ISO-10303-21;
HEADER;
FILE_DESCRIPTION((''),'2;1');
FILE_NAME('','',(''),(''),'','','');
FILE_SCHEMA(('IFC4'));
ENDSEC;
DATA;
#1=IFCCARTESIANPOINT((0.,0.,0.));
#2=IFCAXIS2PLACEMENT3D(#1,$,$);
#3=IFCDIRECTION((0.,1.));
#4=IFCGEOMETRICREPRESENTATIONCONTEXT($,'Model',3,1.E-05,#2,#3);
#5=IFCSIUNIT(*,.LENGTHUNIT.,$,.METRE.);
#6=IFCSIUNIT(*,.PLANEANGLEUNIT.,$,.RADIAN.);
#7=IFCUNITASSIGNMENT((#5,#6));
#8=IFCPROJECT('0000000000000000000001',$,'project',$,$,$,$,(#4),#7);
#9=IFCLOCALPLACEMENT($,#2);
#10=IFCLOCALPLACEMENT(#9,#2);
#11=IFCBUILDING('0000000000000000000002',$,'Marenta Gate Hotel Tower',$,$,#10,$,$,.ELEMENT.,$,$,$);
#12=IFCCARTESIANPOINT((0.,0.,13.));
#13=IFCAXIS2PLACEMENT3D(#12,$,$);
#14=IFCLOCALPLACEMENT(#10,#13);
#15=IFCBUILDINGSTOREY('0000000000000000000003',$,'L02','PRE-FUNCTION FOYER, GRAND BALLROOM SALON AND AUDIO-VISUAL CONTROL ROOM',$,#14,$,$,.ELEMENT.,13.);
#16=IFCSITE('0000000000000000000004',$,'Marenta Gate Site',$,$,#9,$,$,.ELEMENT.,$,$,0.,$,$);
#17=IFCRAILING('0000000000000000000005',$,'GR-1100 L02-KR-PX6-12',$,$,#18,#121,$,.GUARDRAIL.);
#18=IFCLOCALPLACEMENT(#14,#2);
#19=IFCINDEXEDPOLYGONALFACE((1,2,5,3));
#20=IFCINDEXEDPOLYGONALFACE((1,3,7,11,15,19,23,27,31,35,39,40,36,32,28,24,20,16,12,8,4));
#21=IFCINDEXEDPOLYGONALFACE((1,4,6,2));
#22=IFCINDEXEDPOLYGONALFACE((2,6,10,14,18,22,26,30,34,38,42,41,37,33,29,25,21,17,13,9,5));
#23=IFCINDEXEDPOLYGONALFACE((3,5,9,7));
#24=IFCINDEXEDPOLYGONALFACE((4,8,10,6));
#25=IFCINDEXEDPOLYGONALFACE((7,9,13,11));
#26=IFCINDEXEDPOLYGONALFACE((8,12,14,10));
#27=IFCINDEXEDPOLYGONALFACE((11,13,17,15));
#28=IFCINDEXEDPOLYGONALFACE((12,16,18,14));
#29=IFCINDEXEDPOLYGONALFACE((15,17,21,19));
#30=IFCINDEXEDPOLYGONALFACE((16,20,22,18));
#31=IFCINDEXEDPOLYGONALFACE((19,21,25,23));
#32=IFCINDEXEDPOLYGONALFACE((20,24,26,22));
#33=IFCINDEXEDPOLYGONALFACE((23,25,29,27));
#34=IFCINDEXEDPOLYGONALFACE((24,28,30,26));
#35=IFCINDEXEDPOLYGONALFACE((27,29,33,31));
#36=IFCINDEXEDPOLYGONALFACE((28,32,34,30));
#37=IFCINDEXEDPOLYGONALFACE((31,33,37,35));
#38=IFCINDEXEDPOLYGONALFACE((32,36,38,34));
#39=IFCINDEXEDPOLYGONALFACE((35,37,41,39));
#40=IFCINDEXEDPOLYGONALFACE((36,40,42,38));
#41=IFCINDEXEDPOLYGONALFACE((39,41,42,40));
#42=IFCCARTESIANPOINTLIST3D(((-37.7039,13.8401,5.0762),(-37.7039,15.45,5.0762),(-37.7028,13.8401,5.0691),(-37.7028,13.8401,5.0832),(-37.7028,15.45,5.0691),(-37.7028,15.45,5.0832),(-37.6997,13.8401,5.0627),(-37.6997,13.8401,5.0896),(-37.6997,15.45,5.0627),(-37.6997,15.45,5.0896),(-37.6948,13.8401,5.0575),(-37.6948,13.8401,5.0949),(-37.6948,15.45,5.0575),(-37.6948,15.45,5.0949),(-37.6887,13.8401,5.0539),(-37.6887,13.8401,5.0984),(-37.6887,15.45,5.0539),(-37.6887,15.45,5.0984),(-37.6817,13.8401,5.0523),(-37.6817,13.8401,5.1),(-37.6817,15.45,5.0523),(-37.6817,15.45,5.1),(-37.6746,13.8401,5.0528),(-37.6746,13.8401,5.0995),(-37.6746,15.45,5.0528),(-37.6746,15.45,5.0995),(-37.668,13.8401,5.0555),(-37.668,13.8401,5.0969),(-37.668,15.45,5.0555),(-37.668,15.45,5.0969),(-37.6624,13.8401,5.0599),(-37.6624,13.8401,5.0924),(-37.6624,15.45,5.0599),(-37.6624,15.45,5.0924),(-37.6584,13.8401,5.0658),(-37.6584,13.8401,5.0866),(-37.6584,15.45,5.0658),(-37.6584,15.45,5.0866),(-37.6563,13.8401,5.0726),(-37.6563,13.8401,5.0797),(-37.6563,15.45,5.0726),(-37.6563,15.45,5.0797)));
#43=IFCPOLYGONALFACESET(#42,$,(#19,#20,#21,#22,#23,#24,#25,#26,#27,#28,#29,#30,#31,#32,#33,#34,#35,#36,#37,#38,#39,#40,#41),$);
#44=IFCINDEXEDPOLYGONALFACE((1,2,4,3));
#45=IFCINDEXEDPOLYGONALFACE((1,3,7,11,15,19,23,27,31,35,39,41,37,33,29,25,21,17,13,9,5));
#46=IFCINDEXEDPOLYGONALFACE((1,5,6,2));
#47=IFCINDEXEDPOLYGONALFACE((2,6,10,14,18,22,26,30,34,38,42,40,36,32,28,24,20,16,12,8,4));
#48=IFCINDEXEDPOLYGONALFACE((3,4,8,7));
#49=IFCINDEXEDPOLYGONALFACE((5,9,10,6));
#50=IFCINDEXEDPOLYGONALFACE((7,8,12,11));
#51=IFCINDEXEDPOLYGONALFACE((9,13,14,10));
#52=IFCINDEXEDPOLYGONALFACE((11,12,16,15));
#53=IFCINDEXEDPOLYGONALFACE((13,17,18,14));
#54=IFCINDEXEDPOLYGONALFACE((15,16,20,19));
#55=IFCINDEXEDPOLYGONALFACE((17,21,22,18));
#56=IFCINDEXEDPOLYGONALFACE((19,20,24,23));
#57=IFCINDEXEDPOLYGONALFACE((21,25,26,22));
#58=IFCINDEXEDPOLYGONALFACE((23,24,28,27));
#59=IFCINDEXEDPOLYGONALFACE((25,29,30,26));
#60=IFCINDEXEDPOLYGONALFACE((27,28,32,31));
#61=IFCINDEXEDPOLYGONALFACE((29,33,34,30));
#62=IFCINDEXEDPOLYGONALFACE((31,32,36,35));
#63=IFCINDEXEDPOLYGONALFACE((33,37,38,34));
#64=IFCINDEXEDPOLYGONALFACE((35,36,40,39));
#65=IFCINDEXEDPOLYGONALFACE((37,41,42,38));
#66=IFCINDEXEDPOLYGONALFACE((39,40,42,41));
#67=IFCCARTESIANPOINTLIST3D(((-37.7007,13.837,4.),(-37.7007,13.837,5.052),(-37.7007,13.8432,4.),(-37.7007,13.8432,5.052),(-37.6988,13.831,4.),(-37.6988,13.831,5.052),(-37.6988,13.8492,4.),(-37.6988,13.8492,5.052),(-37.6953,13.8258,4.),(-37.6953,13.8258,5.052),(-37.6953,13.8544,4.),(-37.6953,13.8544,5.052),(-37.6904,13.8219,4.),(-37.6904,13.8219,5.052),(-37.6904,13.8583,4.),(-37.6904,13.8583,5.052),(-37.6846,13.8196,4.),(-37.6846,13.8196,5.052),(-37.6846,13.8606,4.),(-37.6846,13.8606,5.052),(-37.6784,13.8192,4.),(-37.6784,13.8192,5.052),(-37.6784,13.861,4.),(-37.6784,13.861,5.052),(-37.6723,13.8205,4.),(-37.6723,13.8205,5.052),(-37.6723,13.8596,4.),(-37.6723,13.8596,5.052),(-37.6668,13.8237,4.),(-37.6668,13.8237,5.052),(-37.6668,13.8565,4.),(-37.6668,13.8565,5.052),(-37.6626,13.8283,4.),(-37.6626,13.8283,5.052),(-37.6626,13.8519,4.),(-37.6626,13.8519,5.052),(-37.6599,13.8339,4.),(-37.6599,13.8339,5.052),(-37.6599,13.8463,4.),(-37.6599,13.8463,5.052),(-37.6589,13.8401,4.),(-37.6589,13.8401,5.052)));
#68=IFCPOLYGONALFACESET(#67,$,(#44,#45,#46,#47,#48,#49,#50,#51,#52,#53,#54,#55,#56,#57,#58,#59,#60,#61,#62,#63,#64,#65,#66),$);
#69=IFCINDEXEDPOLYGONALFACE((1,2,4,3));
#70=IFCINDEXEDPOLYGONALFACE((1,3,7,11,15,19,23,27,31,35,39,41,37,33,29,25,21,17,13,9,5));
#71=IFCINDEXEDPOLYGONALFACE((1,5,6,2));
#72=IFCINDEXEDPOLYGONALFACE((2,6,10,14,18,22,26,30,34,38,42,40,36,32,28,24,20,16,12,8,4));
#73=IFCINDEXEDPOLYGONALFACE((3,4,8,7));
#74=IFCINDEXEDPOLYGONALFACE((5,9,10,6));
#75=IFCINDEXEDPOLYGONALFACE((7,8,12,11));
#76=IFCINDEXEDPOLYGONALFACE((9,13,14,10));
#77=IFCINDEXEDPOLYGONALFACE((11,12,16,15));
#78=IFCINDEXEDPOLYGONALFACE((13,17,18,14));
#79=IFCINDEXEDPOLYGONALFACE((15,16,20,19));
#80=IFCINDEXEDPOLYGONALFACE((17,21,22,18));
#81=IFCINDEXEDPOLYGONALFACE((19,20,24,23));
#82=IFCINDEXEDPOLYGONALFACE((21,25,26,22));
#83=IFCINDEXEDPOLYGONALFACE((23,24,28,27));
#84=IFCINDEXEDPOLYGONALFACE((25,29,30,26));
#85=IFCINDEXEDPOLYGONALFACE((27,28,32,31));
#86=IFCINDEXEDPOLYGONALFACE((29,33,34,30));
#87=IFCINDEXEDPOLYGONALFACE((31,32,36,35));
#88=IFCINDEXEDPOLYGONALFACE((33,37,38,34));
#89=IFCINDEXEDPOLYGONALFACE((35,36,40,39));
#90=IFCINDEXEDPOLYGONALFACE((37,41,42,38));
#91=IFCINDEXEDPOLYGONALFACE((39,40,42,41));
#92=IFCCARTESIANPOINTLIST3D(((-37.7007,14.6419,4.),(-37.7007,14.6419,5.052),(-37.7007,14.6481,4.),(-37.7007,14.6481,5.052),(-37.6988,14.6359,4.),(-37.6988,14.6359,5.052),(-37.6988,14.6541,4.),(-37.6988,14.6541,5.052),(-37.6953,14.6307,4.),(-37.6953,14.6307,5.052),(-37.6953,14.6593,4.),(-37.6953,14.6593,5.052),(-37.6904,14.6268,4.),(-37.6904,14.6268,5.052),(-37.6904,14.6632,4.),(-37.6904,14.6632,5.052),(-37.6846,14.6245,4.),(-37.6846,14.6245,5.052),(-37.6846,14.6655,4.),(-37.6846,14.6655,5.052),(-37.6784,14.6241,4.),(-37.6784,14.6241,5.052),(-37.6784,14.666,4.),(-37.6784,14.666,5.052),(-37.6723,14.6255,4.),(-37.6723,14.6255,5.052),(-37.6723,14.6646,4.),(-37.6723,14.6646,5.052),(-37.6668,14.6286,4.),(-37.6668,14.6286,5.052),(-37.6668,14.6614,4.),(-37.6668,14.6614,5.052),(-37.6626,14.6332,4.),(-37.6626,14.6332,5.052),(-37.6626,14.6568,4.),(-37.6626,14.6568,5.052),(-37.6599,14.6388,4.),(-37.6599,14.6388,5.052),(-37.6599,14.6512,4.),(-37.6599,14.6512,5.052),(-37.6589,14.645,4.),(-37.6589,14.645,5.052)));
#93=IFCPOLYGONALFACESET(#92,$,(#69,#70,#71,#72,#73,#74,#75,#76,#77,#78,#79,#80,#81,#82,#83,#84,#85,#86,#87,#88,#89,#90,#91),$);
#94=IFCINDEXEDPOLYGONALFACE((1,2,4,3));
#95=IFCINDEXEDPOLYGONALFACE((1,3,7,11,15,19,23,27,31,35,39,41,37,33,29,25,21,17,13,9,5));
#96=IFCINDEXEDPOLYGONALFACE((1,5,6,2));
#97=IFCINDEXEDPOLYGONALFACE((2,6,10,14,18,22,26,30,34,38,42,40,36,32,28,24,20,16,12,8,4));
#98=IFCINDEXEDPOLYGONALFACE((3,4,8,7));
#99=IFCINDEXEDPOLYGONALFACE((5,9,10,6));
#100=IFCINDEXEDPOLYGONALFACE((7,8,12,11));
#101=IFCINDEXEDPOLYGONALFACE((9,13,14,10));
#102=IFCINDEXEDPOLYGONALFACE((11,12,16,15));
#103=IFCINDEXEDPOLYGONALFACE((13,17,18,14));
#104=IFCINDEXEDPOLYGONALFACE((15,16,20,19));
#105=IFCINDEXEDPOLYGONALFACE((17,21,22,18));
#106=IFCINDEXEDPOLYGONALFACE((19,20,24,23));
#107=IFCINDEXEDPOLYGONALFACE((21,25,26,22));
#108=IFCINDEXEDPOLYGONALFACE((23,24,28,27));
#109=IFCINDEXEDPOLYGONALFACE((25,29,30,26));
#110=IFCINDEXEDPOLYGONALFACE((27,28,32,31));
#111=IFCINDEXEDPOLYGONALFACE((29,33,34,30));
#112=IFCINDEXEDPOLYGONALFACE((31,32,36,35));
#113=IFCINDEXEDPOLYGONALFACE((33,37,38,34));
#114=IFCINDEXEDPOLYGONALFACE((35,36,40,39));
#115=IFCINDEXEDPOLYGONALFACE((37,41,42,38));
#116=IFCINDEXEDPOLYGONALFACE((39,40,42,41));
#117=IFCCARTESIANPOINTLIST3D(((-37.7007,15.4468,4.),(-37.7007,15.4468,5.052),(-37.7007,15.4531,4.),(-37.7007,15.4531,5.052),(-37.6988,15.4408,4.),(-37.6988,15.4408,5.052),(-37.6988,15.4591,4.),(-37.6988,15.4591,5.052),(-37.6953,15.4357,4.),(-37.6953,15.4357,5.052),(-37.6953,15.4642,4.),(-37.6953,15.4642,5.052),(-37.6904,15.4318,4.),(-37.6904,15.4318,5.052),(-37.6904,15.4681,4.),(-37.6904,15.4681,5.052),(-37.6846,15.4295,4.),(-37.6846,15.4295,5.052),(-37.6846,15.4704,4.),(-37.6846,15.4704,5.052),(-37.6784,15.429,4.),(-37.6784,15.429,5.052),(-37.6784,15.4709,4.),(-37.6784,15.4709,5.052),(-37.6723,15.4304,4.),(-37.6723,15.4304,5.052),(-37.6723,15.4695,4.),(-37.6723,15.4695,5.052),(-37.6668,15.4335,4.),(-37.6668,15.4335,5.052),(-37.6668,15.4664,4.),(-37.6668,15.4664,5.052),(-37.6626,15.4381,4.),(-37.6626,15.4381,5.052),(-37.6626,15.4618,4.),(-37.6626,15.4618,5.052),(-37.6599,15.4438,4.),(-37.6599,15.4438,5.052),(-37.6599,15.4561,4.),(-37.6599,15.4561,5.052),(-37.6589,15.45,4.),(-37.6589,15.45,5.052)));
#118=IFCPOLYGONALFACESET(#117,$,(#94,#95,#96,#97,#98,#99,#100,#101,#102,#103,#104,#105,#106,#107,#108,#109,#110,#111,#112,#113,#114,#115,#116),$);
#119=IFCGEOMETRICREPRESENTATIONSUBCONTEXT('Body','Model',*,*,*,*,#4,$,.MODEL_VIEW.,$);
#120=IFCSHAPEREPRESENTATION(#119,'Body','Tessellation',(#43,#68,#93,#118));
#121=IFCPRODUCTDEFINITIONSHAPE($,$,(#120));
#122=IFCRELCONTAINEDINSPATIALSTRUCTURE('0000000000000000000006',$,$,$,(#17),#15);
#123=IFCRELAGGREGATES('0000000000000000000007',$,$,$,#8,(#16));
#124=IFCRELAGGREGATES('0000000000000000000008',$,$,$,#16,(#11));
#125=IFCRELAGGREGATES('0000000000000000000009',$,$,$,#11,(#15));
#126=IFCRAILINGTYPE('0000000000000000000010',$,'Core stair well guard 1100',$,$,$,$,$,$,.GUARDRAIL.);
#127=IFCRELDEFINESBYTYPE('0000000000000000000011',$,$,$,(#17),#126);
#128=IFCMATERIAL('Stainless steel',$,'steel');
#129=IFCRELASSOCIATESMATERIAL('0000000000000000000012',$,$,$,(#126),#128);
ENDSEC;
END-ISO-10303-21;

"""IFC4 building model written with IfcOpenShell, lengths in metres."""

from ifc_helpers import new_model, si_unit, direction, frame, origin, origin_2d, place, context, subcontext, project, spatial, circle, extrude, material, type_object, element, save


model = new_model("IFC4")

# Units and contexts
model_context = context("Model", 3, precision=1e-05, world=origin(), true_north=direction((0.0, 1.0)))
body_context = subcontext(model_context, "Body", "Model", "MODEL_VIEW")
ifc_project = project(units=[si_unit("LENGTHUNIT", "METRE"), si_unit("PLANEANGLEUNIT", "RADIAN")], contexts=[model_context])

# Site, building, storey
site_placement = place(None, origin())
site = spatial("IfcSite", under=ifc_project, at=site_placement, Name="Marenta Gate Site", CompositionType="ELEMENT", RefElevation=0.0)
building_placement = place(site_placement, origin())
building = spatial("IfcBuilding", under=site, at=building_placement, Name="Marenta Gate Hotel Tower", CompositionType="ELEMENT")
storey_placement = place(building_placement, frame((0.0, 0.0, 13.0)))
storey = spatial("IfcBuildingStorey", under=building, at=storey_placement, Name="L02", Description="PRE-FUNCTION FOYER, GRAND BALLROOM SALON AND AUDIO-VISUAL CONTROL ROOM", CompositionType="ELEMENT", Elevation=13.0)

# Railing
ifc_material_1 = material(Name="Stainless steel", Category="steel")
railing_type_1 = type_object("IfcRailingType", Name="Core stair well guard 1100", PredefinedType="GUARDRAIL", material=ifc_material_1)
railing_1_placement = place(storey_placement, frame((-37.6799, 13.8401, 4.0)))
element("IfcRailing", 1, at=railing_1_placement, inside=storey, type_object=railing_type_1, Name="GR-1100 L02-KR-PX6-12", PredefinedType="GUARDRAIL", context=body_context, shape_type="SweptSolid", body=[
    extrude(circle(Radius=0.0239, at=origin_2d()), frame((0.0, 0.0, 1.0762), z_axis=(0.0, 1.0, 0.0), x_axis=(-1.0, 0.0, 0.0)), (0.0, 0.0, 1.0), 1.6099),
    extrude(circle(Radius=0.021, at=origin_2d()), origin(), (0.0, 0.0, 1.0), 1.052),
    extrude(circle(Radius=0.021, at=origin_2d()), frame((0.0, 0.8049, 0.0)), (0.0, 0.0, 1.0), 1.052),
    extrude(circle(Radius=0.021, at=origin_2d()), frame((0.0, 1.6099, 0.0)), (0.0, 0.0, 1.0), 1.052),
])

save(model, "model.ifc")
